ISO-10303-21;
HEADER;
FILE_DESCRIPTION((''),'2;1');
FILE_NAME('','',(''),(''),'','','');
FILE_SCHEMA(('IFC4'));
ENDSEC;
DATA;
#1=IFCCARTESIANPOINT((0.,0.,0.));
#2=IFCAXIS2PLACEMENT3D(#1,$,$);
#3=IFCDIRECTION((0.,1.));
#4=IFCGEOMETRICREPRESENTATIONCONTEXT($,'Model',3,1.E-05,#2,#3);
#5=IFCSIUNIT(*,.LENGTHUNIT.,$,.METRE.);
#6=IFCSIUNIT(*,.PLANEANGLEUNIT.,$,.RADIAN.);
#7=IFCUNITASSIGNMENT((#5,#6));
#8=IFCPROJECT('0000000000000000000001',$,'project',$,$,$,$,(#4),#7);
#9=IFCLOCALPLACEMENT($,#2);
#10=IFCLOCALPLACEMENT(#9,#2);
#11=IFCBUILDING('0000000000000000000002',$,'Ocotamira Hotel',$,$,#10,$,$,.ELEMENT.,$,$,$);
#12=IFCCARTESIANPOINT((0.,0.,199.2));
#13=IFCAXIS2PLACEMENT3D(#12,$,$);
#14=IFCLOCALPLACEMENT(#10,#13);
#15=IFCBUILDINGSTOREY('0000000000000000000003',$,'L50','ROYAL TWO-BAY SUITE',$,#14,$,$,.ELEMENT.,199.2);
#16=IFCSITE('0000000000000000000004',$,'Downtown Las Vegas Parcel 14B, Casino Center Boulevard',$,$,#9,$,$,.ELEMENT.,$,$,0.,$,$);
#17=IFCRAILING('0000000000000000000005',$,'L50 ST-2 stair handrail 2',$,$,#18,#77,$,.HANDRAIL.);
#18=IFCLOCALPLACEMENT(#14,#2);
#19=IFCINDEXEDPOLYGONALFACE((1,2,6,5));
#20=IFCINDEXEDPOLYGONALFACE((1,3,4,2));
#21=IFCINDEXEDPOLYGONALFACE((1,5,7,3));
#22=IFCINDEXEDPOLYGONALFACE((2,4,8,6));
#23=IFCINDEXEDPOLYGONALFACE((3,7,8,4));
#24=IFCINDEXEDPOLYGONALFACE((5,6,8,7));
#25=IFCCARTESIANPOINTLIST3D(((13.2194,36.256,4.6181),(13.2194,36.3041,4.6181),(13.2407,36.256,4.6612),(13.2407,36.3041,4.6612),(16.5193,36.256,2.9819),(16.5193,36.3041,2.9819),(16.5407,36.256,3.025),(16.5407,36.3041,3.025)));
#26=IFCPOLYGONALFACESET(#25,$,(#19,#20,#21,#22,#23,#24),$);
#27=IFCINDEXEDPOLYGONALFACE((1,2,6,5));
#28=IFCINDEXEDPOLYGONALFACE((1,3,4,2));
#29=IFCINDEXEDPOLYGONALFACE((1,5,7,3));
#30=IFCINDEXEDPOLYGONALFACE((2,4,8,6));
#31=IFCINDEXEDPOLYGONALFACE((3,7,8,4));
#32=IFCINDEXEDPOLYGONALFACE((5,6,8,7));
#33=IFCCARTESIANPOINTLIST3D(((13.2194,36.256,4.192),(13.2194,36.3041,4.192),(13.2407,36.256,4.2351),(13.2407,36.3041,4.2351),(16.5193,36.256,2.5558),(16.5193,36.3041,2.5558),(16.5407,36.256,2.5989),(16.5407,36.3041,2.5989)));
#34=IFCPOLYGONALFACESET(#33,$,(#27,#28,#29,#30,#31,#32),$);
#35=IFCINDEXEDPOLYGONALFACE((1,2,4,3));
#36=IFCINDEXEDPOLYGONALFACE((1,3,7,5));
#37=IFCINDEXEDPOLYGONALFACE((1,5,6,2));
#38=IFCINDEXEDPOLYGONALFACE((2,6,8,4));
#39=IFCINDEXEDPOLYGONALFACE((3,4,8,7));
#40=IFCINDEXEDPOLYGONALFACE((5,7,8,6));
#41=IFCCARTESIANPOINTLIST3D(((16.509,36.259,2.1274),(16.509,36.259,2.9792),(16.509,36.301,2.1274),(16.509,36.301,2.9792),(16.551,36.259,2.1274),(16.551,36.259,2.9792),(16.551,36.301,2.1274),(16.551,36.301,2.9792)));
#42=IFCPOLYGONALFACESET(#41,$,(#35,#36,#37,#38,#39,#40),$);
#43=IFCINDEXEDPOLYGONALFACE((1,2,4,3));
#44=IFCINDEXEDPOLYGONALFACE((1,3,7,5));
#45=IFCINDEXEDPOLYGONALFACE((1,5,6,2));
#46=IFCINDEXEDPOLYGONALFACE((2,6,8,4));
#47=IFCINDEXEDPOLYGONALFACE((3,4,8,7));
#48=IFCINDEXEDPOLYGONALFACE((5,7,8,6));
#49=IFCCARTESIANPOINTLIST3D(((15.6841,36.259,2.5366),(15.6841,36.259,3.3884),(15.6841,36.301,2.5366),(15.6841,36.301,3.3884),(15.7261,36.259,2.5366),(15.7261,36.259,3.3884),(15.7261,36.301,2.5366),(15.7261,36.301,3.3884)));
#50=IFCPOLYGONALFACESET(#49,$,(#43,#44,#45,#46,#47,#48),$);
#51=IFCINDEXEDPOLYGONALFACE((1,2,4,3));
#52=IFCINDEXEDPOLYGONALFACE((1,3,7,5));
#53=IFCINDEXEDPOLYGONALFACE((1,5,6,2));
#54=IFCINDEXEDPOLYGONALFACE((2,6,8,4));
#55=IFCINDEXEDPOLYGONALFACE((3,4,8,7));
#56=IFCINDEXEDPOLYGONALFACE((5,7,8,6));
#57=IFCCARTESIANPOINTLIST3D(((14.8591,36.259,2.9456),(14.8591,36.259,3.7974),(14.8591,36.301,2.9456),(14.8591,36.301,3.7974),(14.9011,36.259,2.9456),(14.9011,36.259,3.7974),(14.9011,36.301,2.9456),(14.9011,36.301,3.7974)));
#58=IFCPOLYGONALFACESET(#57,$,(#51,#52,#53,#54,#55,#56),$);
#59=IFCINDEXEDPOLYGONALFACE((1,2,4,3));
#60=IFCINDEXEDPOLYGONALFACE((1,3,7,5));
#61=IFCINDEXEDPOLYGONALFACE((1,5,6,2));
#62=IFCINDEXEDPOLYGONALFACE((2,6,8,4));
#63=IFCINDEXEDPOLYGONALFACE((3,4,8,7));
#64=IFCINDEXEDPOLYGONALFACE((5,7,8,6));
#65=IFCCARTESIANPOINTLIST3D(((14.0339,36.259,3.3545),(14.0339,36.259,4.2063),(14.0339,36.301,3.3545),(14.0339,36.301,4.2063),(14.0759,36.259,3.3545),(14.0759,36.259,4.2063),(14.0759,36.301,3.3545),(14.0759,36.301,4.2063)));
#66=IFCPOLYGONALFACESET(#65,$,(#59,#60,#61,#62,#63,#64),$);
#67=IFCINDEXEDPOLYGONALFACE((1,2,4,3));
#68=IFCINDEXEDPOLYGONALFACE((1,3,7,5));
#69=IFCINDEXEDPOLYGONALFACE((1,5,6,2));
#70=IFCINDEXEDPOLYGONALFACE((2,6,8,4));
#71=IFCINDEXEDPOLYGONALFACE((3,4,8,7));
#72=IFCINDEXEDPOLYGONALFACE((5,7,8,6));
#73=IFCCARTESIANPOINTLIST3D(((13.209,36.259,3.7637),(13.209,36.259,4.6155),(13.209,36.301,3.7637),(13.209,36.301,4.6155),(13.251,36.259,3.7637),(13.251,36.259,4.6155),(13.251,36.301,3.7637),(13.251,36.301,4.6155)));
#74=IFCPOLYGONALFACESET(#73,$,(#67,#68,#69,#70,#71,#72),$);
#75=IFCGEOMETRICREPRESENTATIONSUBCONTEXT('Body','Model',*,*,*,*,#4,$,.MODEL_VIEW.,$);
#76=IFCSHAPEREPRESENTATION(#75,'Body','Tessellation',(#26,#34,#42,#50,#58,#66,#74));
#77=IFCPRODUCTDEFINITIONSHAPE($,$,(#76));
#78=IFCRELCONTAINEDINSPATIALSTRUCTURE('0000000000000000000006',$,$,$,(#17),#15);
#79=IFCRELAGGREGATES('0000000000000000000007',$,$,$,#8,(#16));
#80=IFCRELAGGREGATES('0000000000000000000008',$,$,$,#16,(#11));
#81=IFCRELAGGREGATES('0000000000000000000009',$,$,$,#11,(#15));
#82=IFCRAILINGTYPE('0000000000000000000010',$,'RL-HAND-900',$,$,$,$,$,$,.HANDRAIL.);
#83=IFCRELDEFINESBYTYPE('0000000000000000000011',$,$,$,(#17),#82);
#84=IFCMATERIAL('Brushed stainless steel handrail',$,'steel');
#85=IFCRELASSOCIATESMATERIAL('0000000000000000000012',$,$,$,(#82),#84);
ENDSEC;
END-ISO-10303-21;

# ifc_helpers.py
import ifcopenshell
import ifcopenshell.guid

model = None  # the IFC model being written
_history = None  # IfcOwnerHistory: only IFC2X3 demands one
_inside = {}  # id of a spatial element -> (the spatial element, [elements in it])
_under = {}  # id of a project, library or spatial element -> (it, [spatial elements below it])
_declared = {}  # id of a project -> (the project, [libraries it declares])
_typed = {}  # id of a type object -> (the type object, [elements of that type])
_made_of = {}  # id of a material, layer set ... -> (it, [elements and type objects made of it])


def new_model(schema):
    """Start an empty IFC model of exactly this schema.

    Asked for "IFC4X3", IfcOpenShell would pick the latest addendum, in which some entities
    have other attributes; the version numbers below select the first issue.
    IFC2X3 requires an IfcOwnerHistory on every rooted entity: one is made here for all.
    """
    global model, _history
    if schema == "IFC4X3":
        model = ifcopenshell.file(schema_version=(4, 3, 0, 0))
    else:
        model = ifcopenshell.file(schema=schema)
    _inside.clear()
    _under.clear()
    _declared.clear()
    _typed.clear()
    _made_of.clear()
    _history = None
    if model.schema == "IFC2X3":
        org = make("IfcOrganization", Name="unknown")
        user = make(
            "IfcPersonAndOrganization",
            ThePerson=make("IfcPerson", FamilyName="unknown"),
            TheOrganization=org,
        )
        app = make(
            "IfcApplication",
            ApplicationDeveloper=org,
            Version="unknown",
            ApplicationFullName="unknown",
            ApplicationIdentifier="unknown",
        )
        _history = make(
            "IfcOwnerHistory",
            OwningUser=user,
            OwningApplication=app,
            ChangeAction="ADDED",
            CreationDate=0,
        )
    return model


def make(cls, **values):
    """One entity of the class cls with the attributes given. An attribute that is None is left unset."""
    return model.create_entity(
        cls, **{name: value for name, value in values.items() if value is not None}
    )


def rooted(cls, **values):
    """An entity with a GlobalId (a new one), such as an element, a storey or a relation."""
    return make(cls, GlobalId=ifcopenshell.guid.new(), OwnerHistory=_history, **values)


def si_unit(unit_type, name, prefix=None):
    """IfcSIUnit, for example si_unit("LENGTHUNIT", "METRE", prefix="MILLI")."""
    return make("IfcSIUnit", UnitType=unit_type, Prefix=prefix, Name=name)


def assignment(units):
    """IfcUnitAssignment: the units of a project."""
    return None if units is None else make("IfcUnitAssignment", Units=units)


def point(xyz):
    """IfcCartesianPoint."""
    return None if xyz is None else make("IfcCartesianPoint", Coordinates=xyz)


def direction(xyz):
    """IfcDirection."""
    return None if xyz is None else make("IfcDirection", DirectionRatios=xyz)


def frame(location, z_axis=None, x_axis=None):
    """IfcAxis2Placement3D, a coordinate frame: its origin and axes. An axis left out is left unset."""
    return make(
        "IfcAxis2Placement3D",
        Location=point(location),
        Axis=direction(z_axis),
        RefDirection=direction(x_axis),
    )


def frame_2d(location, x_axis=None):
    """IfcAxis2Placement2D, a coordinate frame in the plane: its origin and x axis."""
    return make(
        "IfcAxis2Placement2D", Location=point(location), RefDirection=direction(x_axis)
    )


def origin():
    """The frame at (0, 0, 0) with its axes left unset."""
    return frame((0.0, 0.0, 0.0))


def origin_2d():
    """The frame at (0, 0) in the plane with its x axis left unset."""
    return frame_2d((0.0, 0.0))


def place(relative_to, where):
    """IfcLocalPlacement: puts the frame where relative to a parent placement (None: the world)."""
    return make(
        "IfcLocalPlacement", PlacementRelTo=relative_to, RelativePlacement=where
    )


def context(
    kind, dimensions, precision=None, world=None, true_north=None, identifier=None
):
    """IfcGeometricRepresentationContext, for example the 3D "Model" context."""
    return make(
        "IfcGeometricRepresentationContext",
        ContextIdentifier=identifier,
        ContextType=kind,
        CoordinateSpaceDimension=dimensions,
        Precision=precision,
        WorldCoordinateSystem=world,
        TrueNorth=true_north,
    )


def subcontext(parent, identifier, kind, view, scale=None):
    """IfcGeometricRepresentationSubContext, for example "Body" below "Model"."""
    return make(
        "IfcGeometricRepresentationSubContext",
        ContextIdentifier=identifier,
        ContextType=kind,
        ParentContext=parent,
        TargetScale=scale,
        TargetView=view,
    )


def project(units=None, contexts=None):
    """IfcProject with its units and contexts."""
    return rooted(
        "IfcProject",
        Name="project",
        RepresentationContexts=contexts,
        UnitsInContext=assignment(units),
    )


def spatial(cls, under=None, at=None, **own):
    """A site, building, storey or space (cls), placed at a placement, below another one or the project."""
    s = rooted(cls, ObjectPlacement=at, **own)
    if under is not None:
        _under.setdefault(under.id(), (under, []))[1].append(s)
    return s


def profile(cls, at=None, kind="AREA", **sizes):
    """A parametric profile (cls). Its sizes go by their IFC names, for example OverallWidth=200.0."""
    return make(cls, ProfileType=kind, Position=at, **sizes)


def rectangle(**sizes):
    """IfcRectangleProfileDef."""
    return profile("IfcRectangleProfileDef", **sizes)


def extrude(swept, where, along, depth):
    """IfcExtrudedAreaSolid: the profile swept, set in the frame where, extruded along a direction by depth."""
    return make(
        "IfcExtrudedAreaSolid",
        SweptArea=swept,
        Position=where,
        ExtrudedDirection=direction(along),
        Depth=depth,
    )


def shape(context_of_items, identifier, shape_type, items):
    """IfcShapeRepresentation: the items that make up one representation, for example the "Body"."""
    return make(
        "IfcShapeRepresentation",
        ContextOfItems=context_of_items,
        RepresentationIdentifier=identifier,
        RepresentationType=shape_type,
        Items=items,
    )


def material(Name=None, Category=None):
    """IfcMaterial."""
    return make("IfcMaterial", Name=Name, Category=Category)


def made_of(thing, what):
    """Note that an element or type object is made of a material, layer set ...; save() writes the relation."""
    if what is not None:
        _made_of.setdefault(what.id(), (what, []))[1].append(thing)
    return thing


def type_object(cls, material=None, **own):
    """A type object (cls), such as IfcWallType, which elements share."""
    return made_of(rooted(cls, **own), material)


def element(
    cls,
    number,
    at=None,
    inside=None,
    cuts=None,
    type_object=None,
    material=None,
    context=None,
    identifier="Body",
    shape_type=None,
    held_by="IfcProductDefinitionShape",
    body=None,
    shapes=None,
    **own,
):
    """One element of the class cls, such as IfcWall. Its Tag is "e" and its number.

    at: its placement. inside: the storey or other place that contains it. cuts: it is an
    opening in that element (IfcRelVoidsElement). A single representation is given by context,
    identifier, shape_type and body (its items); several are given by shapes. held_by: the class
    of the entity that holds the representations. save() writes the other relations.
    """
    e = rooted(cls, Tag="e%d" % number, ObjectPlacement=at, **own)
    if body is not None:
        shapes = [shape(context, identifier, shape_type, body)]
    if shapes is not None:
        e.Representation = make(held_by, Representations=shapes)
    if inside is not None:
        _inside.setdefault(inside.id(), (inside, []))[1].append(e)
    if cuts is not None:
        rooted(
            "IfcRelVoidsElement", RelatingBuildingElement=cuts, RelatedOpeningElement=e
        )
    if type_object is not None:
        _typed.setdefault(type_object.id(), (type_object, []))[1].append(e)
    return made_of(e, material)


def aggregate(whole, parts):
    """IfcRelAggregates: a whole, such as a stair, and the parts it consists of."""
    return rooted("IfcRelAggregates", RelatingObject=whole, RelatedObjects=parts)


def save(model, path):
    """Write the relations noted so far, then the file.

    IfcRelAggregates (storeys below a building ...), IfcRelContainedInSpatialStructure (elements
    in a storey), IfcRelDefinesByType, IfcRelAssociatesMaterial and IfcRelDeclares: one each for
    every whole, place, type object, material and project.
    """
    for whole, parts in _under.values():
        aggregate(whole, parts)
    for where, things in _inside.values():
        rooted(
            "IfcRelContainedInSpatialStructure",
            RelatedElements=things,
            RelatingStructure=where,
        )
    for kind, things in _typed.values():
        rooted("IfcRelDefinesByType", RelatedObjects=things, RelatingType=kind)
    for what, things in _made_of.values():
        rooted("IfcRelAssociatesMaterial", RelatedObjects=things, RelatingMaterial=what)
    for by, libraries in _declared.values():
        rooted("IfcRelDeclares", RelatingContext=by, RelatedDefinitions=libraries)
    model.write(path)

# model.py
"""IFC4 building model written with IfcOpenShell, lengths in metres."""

from ifc_helpers import new_model, si_unit, direction, frame, origin, origin_2d, place, context, subcontext, project, spatial, rectangle, extrude, material, type_object, element, save


model = new_model("IFC4")

# Units and contexts
model_context = context("Model", 3, precision=1e-05, world=origin(), true_north=direction((0.0, 1.0)))
body_context = subcontext(model_context, "Body", "Model", "MODEL_VIEW")
ifc_project = project(units=[si_unit("LENGTHUNIT", "METRE"), si_unit("PLANEANGLEUNIT", "RADIAN")], contexts=[model_context])

# Site, building, storey
site_placement = place(None, origin())
site = spatial("IfcSite", under=ifc_project, at=site_placement, Name="Downtown Las Vegas Parcel 14B, Casino Center Boulevard", CompositionType="ELEMENT", RefElevation=0.0)
building_placement = place(site_placement, origin())
building = spatial("IfcBuilding", under=site, at=building_placement, Name="Ocotamira Hotel", CompositionType="ELEMENT")
storey_placement = place(building_placement, frame((0.0, 0.0, 199.2)))
storey = spatial("IfcBuildingStorey", under=building, at=storey_placement, Name="L50", Description="ROYAL TWO-BAY SUITE", CompositionType="ELEMENT", Elevation=199.2)

# Railing
ifc_material_1 = material(Name="Brushed stainless steel handrail", Category="steel")
railing_type = type_object("IfcRailingType", Name="RL-HAND-900", PredefinedType="HANDRAIL", material=ifc_material_1)
railing_placement = place(storey_placement, frame((16.53, 36.28, 2.1274)))
element("IfcRailing", 1, at=railing_placement, inside=storey, type_object=railing_type, Name="L50 ST-2 stair handrail 2", PredefinedType="HANDRAIL", context=body_context, shape_type="SweptSolid", body=[
    extrude(rectangle(XDim=0.0481, YDim=0.0481, at=origin_2d()), frame((0.0, 0.0, 0.876), z_axis=(-0.89592, 0.0, 0.444215), x_axis=(0.0, -1.0, 0.0)), (0.0, 0.0, 1.0), 3.6833),
    extrude(rectangle(XDim=0.0481, YDim=0.0481, at=origin_2d()), frame((0.0, 0.0, 0.45), z_axis=(-0.89592, 0.0, 0.444215), x_axis=(0.0, -1.0, 0.0)), (0.0, 0.0, 1.0), 3.6833),
    extrude(rectangle(XDim=0.042, YDim=0.042, at=origin_2d()), origin(), (0.0, 0.0, 1.0), 0.8518),
    extrude(rectangle(XDim=0.042, YDim=0.042, at=origin_2d()), frame((-0.825, 0.0, 0.4092)), (0.0, 0.0, 1.0), 0.8518),
    extrude(rectangle(XDim=0.042, YDim=0.042, at=origin_2d()), frame((-1.6499, 0.0, 0.8181)), (0.0, 0.0, 1.0), 0.8518),
    extrude(rectangle(XDim=0.042, YDim=0.042, at=origin_2d()), frame((-2.4751, 0.0, 1.2271)), (0.0, 0.0, 1.0), 0.8518),
    extrude(rectangle(XDim=0.042, YDim=0.042, at=origin_2d()), frame((-3.3, 0.0, 1.6362)), (0.0, 0.0, 1.0), 0.8518),
])

save(model, "model.ifc")
